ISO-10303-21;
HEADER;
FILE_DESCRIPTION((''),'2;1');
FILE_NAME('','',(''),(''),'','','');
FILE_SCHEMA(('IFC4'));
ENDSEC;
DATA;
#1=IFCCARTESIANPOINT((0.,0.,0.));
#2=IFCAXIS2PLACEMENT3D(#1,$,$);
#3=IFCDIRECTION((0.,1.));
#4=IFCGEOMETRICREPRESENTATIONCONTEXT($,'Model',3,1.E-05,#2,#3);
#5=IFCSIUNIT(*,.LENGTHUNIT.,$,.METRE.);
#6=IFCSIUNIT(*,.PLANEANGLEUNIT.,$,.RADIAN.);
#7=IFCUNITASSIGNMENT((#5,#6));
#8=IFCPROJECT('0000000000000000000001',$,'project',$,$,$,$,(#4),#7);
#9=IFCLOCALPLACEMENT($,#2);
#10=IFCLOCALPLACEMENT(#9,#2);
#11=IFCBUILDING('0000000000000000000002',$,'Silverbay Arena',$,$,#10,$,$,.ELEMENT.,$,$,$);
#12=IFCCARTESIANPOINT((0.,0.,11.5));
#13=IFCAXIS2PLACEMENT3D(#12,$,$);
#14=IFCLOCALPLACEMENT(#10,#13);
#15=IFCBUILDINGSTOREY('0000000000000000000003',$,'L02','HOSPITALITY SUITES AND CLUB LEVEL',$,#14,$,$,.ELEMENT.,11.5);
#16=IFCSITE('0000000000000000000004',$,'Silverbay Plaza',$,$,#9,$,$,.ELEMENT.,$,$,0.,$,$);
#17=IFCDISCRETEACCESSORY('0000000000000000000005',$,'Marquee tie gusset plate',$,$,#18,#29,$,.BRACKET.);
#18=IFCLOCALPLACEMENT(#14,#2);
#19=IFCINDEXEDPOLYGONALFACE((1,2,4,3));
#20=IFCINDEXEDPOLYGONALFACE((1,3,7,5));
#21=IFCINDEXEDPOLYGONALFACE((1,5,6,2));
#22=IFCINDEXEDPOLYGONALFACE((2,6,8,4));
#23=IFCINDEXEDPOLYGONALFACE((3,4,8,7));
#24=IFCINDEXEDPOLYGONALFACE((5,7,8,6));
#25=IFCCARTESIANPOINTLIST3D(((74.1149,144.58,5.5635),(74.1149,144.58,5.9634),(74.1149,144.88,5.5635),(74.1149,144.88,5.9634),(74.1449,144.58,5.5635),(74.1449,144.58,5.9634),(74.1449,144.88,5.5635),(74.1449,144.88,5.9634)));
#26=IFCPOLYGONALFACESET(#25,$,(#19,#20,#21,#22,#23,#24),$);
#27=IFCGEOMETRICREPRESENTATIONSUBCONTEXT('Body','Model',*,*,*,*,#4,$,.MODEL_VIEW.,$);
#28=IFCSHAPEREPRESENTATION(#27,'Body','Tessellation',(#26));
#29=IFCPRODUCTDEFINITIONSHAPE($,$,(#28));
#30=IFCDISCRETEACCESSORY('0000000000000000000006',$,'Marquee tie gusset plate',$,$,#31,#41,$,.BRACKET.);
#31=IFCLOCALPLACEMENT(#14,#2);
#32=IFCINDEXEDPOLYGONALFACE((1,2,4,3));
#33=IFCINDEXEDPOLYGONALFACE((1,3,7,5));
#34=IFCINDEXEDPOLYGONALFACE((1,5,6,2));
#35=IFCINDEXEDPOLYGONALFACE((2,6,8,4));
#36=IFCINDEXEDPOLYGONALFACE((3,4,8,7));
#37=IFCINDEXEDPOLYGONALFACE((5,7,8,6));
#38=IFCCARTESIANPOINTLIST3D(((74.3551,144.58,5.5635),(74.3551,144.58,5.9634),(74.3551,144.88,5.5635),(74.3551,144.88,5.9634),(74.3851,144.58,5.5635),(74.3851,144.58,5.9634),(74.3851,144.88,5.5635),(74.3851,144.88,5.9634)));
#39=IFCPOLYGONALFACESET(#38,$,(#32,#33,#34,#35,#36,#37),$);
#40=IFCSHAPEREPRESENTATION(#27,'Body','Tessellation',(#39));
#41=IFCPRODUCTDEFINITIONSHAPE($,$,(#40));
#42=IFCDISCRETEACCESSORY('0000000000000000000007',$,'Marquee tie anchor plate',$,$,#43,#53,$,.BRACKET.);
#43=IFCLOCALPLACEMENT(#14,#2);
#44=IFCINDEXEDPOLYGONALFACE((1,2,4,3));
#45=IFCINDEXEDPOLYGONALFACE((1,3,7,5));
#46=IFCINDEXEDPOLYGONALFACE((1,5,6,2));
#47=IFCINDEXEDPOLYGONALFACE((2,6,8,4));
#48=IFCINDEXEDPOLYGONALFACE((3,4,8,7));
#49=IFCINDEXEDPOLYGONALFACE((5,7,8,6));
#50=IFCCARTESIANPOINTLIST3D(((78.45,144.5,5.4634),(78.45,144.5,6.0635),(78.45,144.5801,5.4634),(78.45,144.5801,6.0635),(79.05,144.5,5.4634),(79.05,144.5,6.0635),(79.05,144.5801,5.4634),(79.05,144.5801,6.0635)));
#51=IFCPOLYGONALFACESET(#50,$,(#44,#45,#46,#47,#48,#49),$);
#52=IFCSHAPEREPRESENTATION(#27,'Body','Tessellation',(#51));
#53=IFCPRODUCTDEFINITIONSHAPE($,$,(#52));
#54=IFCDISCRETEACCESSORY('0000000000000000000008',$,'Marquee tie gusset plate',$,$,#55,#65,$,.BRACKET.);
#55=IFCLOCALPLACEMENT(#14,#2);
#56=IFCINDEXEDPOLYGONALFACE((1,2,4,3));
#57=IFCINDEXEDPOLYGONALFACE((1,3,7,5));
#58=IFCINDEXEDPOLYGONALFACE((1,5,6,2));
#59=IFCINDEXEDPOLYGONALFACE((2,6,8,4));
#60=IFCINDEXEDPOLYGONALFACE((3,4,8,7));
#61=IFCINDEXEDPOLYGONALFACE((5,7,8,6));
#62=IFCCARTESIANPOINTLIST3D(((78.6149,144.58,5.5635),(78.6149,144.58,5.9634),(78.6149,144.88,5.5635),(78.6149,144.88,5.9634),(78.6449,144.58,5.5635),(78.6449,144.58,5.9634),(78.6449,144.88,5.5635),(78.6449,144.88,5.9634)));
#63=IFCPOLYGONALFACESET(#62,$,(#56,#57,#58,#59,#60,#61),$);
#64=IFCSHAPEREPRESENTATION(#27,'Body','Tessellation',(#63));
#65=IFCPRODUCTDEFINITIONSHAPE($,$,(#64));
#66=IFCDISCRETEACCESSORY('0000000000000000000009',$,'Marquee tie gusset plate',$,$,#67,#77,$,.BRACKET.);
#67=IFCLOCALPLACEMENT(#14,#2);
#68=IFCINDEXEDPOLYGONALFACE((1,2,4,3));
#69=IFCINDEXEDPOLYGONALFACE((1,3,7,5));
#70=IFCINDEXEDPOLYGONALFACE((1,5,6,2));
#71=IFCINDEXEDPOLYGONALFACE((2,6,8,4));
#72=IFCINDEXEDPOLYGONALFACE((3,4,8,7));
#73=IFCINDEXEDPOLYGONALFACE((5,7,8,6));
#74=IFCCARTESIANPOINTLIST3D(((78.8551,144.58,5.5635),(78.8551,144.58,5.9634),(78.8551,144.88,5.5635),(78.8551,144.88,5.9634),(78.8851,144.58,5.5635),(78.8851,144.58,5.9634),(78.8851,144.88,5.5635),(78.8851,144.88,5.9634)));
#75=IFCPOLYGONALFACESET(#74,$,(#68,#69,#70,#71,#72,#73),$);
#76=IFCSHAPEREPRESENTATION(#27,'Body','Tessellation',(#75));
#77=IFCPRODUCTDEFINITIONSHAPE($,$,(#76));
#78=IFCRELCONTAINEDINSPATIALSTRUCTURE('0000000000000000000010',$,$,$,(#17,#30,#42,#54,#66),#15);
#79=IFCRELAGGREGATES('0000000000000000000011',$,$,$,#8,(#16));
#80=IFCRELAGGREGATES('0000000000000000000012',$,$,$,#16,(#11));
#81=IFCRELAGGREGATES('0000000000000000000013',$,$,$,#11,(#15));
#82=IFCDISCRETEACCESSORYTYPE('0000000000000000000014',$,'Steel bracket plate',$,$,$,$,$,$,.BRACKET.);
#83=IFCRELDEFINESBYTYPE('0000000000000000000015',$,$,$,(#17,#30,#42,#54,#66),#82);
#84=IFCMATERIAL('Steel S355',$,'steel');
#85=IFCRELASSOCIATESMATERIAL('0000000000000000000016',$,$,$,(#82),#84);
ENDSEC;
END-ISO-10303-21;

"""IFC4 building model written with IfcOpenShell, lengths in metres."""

from ifc_helpers import new_model, si_unit, direction, frame, origin, origin_2d, place, context, subcontext, project, spatial, rectangle, extrude, material, type_object, element, save


model = new_model("IFC4")

# Units and contexts
model_context = context("Model", 3, precision=1e-05, world=origin(), true_north=direction((0.0, 1.0)))
body_context = subcontext(model_context, "Body", "Model", "MODEL_VIEW")
ifc_project = project(units=[si_unit("LENGTHUNIT", "METRE"), si_unit("PLANEANGLEUNIT", "RADIAN")], contexts=[model_context])

# Site, building, storey
site_placement = place(None, origin())
site = spatial("IfcSite", under=ifc_project, at=site_placement, Name="Silverbay Plaza", CompositionType="ELEMENT", RefElevation=0.0)
building_placement = place(site_placement, origin())
building = spatial("IfcBuilding", under=site, at=building_placement, Name="Silverbay Arena", CompositionType="ELEMENT")
storey_placement = place(building_placement, frame((0.0, 0.0, 11.5)))
storey = spatial("IfcBuildingStorey", under=building, at=storey_placement, Name="L02", Description="HOSPITALITY SUITES AND CLUB LEVEL", CompositionType="ELEMENT", Elevation=11.5)

# Discrete accessories
ifc_material_1 = material(Name="Steel S355", Category="steel")
discrete_accessory_type = type_object("IfcDiscreteAccessoryType", Name="Steel bracket plate", PredefinedType="BRACKET", material=ifc_material_1)
for number, where, z_axis, x_axis, name in (
    (1, (74.1299, 144.73, 5.5635), (0.0, 0.0, 1.0), (1.0, 0.0, 0.0), "Marquee tie gusset plate"),
    (2, (74.3701, 144.73, 5.5635), (0.0, 0.0, 1.0), (1.0, 0.0, 0.0), "Marquee tie gusset plate"),
):
    element("IfcDiscreteAccessory", number, at=place(storey_placement, frame(where, z_axis=z_axis, x_axis=x_axis)), inside=storey, type_object=discrete_accessory_type, Name=name, PredefinedType="BRACKET", context=body_context, shape_type="SweptSolid", body=[
        extrude(rectangle(XDim=0.03, YDim=0.3, at=origin_2d()), origin(), (0.0, 0.0, 1.0), 0.3999),
    ])
discrete_accessory_1_placement = place(storey_placement, frame((78.75, 144.54, 5.4634), z_axis=(0.0, 0.0, 1.0), x_axis=(1.0, 0.0, 0.0)))
element("IfcDiscreteAccessory", 3, at=discrete_accessory_1_placement, inside=storey, type_object=discrete_accessory_type, Name="Marquee tie anchor plate", PredefinedType="BRACKET", context=body_context, shape_type="SweptSolid", body=[
    extrude(rectangle(XDim=0.6001, YDim=0.0801, at=origin_2d()), origin(), (0.0, 0.0, 1.0), 0.6001),
])
for number, where, z_axis, x_axis, name in (
    (4, (78.6299, 144.73, 5.5635), (0.0, 0.0, 1.0), (1.0, 0.0, 0.0), "Marquee tie gusset plate"),
    (5, (78.8701, 144.73, 5.5635), (0.0, 0.0, 1.0), (1.0, 0.0, 0.0), "Marquee tie gusset plate"),
):
    element("IfcDiscreteAccessory", number, at=place(storey_placement, frame(where, z_axis=z_axis, x_axis=x_axis)), inside=storey, type_object=discrete_accessory_type, Name=name, PredefinedType="BRACKET", context=body_context, shape_type="SweptSolid", body=[
        extrude(rectangle(XDim=0.03, YDim=0.3, at=origin_2d()), origin(), (0.0, 0.0, 1.0), 0.3999),
    ])

save(model, "model.ifc")
